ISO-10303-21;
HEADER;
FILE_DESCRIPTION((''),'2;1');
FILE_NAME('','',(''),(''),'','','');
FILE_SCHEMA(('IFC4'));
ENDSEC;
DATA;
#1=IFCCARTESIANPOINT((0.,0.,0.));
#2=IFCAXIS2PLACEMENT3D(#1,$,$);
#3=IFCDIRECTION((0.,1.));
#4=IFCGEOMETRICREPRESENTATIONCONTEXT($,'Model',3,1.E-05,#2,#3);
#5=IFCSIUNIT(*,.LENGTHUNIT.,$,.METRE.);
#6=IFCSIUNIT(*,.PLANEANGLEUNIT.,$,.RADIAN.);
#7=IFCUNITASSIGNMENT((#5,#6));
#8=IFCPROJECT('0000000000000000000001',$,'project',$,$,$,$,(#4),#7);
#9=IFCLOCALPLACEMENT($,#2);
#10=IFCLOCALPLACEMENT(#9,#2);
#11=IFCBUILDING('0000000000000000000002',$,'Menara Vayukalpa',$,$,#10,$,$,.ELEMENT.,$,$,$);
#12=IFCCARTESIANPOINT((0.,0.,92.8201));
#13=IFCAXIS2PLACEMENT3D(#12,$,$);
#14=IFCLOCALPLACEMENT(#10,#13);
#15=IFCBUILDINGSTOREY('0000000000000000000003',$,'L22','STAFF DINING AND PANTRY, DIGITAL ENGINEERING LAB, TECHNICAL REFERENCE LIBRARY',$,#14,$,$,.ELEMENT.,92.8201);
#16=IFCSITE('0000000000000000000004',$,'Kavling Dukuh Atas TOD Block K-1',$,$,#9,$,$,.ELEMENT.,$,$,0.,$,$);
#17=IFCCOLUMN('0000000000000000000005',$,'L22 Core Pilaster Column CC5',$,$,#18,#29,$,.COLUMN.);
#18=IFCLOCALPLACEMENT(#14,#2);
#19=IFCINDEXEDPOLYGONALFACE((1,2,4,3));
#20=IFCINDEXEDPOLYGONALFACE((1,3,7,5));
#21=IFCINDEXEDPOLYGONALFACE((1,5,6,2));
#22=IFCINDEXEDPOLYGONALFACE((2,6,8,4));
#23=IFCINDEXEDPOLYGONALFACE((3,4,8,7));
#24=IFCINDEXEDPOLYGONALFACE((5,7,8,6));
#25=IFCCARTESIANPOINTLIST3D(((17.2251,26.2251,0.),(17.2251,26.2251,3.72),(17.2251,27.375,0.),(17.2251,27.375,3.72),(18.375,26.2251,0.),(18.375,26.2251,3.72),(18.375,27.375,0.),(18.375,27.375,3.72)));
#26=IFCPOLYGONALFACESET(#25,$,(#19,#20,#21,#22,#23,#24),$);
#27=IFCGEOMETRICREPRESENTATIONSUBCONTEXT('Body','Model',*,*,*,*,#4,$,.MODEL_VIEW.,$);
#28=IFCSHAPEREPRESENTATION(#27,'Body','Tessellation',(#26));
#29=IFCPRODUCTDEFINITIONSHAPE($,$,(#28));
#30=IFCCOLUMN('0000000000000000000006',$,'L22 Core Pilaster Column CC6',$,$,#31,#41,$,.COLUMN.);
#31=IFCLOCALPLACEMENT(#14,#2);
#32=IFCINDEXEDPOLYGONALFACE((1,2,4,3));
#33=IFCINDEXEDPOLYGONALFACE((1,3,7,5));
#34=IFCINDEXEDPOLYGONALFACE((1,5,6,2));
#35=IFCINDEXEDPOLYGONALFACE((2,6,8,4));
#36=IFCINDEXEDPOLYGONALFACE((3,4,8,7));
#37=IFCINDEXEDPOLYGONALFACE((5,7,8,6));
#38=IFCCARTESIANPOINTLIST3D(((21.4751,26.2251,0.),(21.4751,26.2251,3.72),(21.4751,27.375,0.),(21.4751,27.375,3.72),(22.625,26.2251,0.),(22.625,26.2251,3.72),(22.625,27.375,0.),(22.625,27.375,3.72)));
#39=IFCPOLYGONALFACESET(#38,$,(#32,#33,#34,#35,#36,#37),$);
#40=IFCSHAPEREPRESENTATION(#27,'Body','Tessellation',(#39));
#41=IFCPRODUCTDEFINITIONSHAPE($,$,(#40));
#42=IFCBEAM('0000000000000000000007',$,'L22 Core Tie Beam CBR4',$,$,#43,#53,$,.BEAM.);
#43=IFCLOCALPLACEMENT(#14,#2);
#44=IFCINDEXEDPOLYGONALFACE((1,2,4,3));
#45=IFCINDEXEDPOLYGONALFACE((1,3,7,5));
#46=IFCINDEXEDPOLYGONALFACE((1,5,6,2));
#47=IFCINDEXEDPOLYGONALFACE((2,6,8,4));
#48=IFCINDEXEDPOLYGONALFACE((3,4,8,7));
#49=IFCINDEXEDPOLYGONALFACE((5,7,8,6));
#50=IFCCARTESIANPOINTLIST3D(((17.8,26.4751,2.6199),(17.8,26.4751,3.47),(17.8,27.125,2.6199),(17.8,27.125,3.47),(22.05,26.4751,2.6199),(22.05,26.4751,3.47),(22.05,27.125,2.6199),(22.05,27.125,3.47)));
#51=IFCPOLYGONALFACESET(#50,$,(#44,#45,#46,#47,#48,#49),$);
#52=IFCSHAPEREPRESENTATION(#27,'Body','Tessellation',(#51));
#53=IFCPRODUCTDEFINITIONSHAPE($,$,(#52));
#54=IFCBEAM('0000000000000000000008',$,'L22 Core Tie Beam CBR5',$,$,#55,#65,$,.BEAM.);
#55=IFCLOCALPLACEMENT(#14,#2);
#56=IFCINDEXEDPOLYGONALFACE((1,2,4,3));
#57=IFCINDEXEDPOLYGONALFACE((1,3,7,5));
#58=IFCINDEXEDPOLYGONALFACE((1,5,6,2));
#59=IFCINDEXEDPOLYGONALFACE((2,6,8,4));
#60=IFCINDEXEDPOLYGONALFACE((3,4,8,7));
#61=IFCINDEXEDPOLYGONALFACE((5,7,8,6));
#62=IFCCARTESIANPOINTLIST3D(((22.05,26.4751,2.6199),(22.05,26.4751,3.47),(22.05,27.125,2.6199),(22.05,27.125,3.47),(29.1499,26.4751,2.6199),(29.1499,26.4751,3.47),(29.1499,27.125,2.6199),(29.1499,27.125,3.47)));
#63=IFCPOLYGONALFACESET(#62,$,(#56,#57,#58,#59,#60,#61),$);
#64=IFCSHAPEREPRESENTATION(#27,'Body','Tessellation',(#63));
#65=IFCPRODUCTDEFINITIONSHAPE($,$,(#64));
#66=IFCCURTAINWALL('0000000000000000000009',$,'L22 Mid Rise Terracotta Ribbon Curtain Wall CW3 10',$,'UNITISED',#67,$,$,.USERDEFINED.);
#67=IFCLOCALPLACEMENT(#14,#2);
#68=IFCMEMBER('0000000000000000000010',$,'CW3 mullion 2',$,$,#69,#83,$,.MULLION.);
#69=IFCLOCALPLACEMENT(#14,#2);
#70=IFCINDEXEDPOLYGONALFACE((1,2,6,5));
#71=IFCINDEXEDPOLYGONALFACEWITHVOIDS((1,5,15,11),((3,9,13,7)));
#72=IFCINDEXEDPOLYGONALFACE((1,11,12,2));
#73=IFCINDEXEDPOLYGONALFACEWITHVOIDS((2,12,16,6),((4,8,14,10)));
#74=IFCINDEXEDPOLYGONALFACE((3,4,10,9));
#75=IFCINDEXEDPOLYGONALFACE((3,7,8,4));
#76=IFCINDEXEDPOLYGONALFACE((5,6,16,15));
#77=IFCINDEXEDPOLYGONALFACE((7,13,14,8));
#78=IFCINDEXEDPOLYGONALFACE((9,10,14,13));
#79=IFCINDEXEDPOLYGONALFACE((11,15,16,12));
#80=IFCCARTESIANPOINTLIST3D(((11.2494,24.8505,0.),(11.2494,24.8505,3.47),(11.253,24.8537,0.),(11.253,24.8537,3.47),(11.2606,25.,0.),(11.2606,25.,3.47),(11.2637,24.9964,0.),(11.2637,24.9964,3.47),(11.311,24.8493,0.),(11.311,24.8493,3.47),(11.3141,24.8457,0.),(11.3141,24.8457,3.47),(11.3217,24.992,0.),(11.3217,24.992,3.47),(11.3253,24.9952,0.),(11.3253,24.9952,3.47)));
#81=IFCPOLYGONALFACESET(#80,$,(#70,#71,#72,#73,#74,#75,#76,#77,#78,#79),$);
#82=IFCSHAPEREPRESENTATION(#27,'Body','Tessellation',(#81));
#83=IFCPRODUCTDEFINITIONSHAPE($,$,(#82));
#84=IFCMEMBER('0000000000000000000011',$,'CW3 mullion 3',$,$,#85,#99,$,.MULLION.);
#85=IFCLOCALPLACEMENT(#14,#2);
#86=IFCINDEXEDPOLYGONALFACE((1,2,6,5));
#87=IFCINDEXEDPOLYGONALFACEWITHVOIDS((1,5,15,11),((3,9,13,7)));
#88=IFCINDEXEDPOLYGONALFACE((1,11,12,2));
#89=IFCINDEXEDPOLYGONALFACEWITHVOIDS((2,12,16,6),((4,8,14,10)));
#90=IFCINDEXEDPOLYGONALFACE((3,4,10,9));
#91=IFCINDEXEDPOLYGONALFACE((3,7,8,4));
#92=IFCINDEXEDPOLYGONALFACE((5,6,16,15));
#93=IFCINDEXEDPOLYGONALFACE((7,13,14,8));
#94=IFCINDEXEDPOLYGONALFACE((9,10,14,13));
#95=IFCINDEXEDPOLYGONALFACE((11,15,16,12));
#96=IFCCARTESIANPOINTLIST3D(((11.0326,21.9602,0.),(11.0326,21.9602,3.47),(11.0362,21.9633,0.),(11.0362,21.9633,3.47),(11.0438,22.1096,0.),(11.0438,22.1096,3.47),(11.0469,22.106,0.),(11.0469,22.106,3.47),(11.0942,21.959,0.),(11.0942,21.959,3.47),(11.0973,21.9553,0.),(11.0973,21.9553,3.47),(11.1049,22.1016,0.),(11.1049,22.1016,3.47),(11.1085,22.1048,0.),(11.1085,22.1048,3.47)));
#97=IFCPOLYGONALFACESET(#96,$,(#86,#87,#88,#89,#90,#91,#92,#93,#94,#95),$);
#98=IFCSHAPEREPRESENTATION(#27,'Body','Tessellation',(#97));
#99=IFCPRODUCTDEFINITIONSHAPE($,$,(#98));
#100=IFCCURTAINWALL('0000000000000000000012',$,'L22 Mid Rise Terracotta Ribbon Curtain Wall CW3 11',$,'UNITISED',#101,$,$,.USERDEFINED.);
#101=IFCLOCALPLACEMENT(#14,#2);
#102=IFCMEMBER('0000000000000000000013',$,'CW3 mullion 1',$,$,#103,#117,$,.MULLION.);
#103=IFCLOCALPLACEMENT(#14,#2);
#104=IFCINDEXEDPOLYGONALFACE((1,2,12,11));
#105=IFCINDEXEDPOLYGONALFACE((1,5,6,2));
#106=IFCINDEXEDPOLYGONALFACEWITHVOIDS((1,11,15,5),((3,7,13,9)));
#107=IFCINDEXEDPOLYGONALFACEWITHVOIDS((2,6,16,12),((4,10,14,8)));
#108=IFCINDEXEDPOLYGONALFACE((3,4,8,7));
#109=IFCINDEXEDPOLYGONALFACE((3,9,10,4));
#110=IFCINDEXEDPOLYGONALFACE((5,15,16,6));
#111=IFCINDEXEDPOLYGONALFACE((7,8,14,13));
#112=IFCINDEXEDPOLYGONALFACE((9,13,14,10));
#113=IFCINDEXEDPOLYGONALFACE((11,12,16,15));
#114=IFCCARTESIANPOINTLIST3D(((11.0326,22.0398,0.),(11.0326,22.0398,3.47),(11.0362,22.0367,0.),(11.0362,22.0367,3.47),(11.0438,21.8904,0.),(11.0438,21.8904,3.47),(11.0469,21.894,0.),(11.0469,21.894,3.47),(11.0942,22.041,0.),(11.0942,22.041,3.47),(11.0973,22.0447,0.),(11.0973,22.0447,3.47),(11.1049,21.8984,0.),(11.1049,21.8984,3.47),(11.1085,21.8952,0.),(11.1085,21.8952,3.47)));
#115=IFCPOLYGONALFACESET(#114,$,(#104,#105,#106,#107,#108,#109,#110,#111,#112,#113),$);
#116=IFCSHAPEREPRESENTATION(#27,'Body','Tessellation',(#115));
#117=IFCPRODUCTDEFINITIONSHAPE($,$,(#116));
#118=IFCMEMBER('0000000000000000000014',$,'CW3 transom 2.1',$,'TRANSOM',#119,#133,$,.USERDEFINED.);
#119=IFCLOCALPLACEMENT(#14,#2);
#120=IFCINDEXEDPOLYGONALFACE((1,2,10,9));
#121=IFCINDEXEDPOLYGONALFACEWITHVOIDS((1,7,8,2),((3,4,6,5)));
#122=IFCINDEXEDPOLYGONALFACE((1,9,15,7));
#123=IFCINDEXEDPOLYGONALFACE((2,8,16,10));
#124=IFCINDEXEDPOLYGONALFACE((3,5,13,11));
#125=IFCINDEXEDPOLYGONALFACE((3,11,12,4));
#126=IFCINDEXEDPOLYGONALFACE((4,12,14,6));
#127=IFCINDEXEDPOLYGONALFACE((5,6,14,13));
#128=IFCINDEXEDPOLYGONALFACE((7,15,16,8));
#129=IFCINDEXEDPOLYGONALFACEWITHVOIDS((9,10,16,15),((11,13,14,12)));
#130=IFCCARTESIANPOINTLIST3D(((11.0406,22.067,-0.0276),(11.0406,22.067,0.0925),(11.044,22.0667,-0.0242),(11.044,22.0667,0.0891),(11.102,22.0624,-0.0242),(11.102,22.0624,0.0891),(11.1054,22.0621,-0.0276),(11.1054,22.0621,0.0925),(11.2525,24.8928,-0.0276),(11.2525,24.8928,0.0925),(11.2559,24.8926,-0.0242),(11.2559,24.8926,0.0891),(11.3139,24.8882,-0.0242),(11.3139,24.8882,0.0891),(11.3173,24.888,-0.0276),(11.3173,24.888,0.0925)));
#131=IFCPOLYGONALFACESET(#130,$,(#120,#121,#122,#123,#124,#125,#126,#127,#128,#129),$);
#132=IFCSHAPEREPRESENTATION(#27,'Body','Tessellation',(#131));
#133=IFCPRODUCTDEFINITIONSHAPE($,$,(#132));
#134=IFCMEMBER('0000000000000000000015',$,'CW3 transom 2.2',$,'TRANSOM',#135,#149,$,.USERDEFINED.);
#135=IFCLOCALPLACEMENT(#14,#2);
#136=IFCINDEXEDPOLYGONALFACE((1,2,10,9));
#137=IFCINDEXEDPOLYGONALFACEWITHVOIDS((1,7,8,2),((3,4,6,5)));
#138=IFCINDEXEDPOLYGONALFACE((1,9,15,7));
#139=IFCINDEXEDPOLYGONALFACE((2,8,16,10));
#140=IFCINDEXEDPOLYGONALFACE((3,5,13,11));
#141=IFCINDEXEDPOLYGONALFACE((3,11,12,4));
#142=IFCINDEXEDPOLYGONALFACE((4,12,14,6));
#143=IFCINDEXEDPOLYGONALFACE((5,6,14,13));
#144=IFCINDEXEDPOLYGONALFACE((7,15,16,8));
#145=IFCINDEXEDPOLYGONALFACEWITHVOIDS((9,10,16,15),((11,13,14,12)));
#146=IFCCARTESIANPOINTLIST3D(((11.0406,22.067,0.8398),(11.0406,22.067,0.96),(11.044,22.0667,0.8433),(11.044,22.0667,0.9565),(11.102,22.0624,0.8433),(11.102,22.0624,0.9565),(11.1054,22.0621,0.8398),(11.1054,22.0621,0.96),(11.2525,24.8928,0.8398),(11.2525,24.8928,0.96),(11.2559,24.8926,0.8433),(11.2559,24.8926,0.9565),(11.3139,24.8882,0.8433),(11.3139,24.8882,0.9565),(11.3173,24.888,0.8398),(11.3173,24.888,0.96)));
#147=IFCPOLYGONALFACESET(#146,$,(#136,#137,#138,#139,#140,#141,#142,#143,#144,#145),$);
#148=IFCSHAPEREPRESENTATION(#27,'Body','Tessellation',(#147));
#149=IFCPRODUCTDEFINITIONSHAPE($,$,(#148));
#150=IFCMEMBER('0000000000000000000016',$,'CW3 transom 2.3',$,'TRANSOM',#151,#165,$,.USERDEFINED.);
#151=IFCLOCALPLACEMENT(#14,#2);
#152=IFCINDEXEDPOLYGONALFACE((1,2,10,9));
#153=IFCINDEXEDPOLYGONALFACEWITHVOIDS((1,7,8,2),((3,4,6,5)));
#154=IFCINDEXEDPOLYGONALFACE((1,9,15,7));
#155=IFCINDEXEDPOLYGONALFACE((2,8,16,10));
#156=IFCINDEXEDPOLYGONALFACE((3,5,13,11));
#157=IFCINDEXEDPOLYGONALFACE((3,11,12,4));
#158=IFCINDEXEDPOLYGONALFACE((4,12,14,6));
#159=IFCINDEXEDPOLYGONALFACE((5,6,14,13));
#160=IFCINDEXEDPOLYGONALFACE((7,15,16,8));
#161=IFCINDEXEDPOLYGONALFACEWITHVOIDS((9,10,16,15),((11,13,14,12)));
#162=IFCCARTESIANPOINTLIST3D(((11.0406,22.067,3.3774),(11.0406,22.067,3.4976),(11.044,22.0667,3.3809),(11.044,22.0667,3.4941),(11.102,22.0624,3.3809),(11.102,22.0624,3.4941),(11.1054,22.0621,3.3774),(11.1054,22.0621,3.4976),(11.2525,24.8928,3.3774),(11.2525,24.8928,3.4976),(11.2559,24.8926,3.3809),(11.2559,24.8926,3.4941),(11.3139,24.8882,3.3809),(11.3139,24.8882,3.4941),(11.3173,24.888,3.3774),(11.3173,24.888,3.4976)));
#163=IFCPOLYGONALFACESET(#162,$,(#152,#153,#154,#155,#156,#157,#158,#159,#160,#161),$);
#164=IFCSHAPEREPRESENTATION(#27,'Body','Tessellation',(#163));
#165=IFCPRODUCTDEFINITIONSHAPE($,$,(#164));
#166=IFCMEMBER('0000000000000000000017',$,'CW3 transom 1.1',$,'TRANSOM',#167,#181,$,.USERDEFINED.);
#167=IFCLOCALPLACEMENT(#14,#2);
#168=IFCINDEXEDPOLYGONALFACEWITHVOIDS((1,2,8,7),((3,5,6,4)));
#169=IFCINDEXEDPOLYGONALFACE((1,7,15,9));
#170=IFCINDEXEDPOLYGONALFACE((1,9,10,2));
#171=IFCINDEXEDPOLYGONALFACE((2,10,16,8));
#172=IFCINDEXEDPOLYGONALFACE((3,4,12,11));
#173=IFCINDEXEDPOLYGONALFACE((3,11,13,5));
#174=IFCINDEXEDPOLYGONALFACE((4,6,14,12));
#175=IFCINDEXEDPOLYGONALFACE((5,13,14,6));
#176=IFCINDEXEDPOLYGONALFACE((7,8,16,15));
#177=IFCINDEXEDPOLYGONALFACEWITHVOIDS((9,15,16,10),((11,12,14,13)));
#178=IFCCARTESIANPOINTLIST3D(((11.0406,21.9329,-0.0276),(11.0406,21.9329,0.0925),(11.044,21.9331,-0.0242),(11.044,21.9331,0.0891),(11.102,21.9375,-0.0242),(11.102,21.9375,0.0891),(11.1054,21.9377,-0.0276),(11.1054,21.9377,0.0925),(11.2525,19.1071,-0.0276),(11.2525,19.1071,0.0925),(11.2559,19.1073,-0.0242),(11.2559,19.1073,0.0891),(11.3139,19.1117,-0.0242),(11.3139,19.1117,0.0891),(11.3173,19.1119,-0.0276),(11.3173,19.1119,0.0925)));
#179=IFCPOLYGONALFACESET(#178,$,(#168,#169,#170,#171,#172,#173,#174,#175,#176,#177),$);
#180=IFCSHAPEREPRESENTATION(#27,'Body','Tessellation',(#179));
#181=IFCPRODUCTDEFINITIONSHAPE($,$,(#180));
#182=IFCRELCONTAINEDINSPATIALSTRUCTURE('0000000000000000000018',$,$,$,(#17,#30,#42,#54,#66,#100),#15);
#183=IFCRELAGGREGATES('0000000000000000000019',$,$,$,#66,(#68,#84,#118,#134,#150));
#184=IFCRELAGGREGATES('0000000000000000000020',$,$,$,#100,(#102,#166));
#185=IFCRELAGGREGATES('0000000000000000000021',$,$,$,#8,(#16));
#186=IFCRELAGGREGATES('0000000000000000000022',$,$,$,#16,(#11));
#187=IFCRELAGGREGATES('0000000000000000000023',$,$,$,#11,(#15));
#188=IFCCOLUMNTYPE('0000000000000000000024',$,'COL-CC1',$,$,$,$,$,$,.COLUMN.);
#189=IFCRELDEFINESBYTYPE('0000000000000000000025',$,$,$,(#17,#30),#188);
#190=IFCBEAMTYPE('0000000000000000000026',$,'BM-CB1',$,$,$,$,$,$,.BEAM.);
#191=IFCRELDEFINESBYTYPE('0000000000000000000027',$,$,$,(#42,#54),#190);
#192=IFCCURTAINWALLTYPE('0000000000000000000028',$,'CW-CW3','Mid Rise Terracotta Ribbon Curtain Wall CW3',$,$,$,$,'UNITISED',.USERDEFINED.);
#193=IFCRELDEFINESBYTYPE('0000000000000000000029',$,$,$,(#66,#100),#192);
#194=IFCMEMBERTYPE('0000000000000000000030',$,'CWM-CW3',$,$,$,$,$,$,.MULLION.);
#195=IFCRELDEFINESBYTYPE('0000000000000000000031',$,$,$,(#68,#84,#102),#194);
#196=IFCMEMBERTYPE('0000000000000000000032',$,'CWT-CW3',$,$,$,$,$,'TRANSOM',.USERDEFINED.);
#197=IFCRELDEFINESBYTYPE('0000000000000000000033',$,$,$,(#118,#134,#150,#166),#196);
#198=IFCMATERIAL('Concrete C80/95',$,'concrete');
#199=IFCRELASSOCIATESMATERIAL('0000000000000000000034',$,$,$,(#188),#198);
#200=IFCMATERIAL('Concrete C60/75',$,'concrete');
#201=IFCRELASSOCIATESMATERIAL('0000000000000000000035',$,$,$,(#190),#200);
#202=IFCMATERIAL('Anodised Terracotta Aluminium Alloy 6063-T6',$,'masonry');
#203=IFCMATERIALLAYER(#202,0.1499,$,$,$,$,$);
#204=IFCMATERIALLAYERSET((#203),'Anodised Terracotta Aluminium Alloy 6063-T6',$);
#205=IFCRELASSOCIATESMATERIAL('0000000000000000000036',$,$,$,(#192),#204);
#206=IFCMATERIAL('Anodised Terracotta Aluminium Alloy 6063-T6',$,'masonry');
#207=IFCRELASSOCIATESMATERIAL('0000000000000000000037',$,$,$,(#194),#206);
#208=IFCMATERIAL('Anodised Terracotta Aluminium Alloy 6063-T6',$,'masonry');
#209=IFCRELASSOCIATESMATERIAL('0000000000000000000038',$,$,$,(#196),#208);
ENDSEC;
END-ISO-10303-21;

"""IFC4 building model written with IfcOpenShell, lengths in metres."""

from ifc_helpers import new_model, si_unit, direction, frame, origin, origin_2d, place, context, subcontext, project, spatial, rectangle, hollow_rectangle, extrude, material, layer, layer_set, material_profile, profile_set, type_object, element, aggregate, save


model = new_model("IFC4")

# Units and contexts
model_context = context("Model", 3, precision=1e-05, world=origin(), true_north=direction((0.0, 1.0)))
body_context = subcontext(model_context, "Body", "Model", "MODEL_VIEW")
ifc_project = project(units=[si_unit("LENGTHUNIT", "METRE"), si_unit("PLANEANGLEUNIT", "RADIAN")], contexts=[model_context])

# Site, building, storey
site_placement = place(None, origin())
site = spatial("IfcSite", under=ifc_project, at=site_placement, Name="Kavling Dukuh Atas TOD Block K-1", CompositionType="ELEMENT", RefElevation=0.0)
building_placement = place(site_placement, origin())
building = spatial("IfcBuilding", under=site, at=building_placement, Name="Menara Vayukalpa", CompositionType="ELEMENT")
storey_placement = place(building_placement, frame((0.0, 0.0, 92.8201)))
storey = spatial("IfcBuildingStorey", under=building, at=storey_placement, Name="L22", Description="STAFF DINING AND PANTRY, DIGITAL ENGINEERING LAB, TECHNICAL REFERENCE LIBRARY", CompositionType="ELEMENT", Elevation=92.8201)

# Columns
ifc_material_1 = material(Name="Concrete C80/95", Category="concrete")
ifc_material_profile_1 = material_profile(ifc_material_1, rectangle(XDim=1.1499, YDim=1.1499, at=origin_2d()), Name="RC 1150x1150")
ifc_profile_set_1 = profile_set([ifc_material_profile_1], Name="Concrete C80/95")
column_type = type_object("IfcColumnType", Name="COL-CC1", PredefinedType="COLUMN", material=ifc_profile_set_1)
for number, where, z_axis, x_axis, name in (
    (1, (17.8, 26.8, 0.0), (0.0, 0.0, 1.0), (1.0, 0.0, 0.0), "L22 Core Pilaster Column CC5"),
    (2, (22.05, 26.8, 0.0), (0.0, 0.0, 1.0), (1.0, 0.0, 0.0), "L22 Core Pilaster Column CC6"),
):
    element("IfcColumn", number, at=place(storey_placement, frame(where, z_axis=z_axis, x_axis=x_axis)), inside=storey, type_object=column_type, Name=name, PredefinedType="COLUMN", context=body_context, shape_type="SweptSolid", body=[
        extrude(rectangle(XDim=1.1499, YDim=1.1499, at=origin_2d()), origin(), (0.0, 0.0, 1.0), 3.72),
    ])

# Beams
ifc_material_2 = material(Name="Concrete C60/75", Category="concrete")
ifc_material_profile_2 = material_profile(ifc_material_2, rectangle(XDim=0.6499, YDim=0.8501, at=origin_2d()), Name="RC 650x850")
ifc_profile_set_2 = profile_set([ifc_material_profile_2], Name="Concrete C60/75")
beam_type = type_object("IfcBeamType", Name="BM-CB1", PredefinedType="BEAM", material=ifc_profile_set_2)
beam_1_placement = place(storey_placement, frame((17.8, 26.8, 3.0449), z_axis=(1.0, 0.0, 0.0), x_axis=(0.0, 1.0, 0.0)))
element("IfcBeam", 3, at=beam_1_placement, inside=storey, type_object=beam_type, Name="L22 Core Tie Beam CBR4", PredefinedType="BEAM", context=body_context, shape_type="SweptSolid", body=[
    extrude(rectangle(XDim=0.6499, YDim=0.8501, at=origin_2d()), origin(), (0.0, 0.0, 1.0), 4.25),
])
beam_2_placement = place(storey_placement, frame((22.05, 26.8, 3.0449), z_axis=(1.0, 0.0, 0.0), x_axis=(0.0, 1.0, 0.0)))
element("IfcBeam", 4, at=beam_2_placement, inside=storey, type_object=beam_type, Name="L22 Core Tie Beam CBR5", PredefinedType="BEAM", context=body_context, shape_type="SweptSolid", body=[
    extrude(rectangle(XDim=0.6499, YDim=0.8501, at=origin_2d()), origin(), (0.0, 0.0, 1.0), 7.0999),
])

# Curtain wall, members
ifc_material_3 = material(Name="Anodised Terracotta Aluminium Alloy 6063-T6", Category="masonry")
ifc_layer_1 = layer(ifc_material_3, 0.1499)
ifc_layer_set_1 = layer_set([ifc_layer_1], Name="Anodised Terracotta Aluminium Alloy 6063-T6")
curtain_wall_type = type_object("IfcCurtainWallType", Name="CW-CW3", Description="Mid Rise Terracotta Ribbon Curtain Wall CW3", ElementType="UNITISED", PredefinedType="USERDEFINED", material=ifc_layer_set_1)
curtain_wall_1_placement = place(storey_placement, origin())
curtain_wall_1 = element("IfcCurtainWall", 5, at=curtain_wall_1_placement, inside=storey, type_object=curtain_wall_type, Name="L22 Mid Rise Terracotta Ribbon Curtain Wall CW3 10", ObjectType="UNITISED", PredefinedType="USERDEFINED")
ifc_material_4 = material(Name="Anodised Terracotta Aluminium Alloy 6063-T6", Category="masonry")
ifc_material_profile_3 = material_profile(ifc_material_4, hollow_rectangle(XDim=0.0649, YDim=0.1499, WallThickness=0.0034, at=origin_2d()), Name="ALU 65x150x3.5")
ifc_profile_set_3 = profile_set([ifc_material_profile_3], Name="Anodised Terracotta Aluminium Alloy 6063-T6")
member_type_1 = type_object("IfcMemberType", Name="CWM-CW3", PredefinedType="MULLION", material=ifc_profile_set_3)
member_1_placement = place(storey_placement, frame((11.2874, 24.9229, 0.0), z_axis=(0.0, 0.0, 1.0), x_axis=(0.9972, -0.074785, 0.0)))
member_1 = element("IfcMember", 6, at=member_1_placement, type_object=member_type_1, Name="CW3 mullion 2", PredefinedType="MULLION", context=body_context, shape_type="SweptSolid", body=[
    extrude(hollow_rectangle(XDim=0.0649, YDim=0.1499, WallThickness=0.0034, at=origin_2d()), origin(), (0.0, 0.0, 1.0), 3.47),
])
member_2_placement = place(storey_placement, frame((11.0706, 22.0325, 0.0), z_axis=(0.0, 0.0, 1.0), x_axis=(0.9972, -0.074785, 0.0)))
member_2 = element("IfcMember", 7, at=member_2_placement, type_object=member_type_1, Name="CW3 mullion 3", PredefinedType="MULLION", context=body_context, shape_type="SweptSolid", body=[
    extrude(hollow_rectangle(XDim=0.0649, YDim=0.1499, WallThickness=0.0034, at=origin_2d()), origin(), (0.0, 0.0, 1.0), 3.47),
])

# Curtain wall, member
curtain_wall_2_placement = place(storey_placement, origin())
curtain_wall_2 = element("IfcCurtainWall", 8, at=curtain_wall_2_placement, inside=storey, type_object=curtain_wall_type, Name="L22 Mid Rise Terracotta Ribbon Curtain Wall CW3 11", ObjectType="UNITISED", PredefinedType="USERDEFINED")
member_3_placement = place(storey_placement, frame((11.0706, 21.9675, 0.0), z_axis=(0.0, 0.0, 1.0), x_axis=(0.9972, 0.074785, 0.0)))
member_3 = element("IfcMember", 9, at=member_3_placement, type_object=member_type_1, Name="CW3 mullion 1", PredefinedType="MULLION", context=body_context, shape_type="SweptSolid", body=[
    extrude(hollow_rectangle(XDim=0.0649, YDim=0.1499, WallThickness=0.0034, at=origin_2d()), origin(), (0.0, 0.0, 1.0), 3.47),
])

# Members
ifc_material_5 = material(Name="Anodised Terracotta Aluminium Alloy 6063-T6", Category="masonry")
ifc_material_profile_4 = material_profile(ifc_material_5, hollow_rectangle(XDim=0.0649, YDim=0.1201, WallThickness=0.0034, at=origin_2d()), Name="ALU 65x120x3.5")
ifc_profile_set_4 = profile_set([ifc_material_profile_4], Name="Anodised Terracotta Aluminium Alloy 6063-T6")
member_type_2 = type_object("IfcMemberType", Name="CWT-CW3", ElementType="TRANSOM", PredefinedType="USERDEFINED", material=ifc_profile_set_4)
member_4_placement = place(storey_placement, frame((11.2849, 24.8904, 0.0325), z_axis=(-0.074786, -0.9972, 0.0), x_axis=(0.9972, -0.074786, 0.0)))
member_4 = element("IfcMember", 10, at=member_4_placement, type_object=member_type_2, Name="CW3 transom 2.1", ObjectType="TRANSOM", PredefinedType="USERDEFINED", context=body_context, shape_type="SweptSolid", body=[
    extrude(hollow_rectangle(XDim=0.0649, YDim=0.1201, WallThickness=0.0034, at=origin_2d()), origin(), (0.0, 0.0, 1.0), 2.8337),
])
member_5_placement = place(storey_placement, frame((11.2849, 24.8904, 0.8999), z_axis=(-0.074786, -0.9972, 0.0), x_axis=(0.9972, -0.074786, 0.0)))
member_5 = element("IfcMember", 11, at=member_5_placement, type_object=member_type_2, Name="CW3 transom 2.2", ObjectType="TRANSOM", PredefinedType="USERDEFINED", context=body_context, shape_type="SweptSolid", body=[
    extrude(hollow_rectangle(XDim=0.0649, YDim=0.1201, WallThickness=0.0034, at=origin_2d()), origin(), (0.0, 0.0, 1.0), 2.8337),
])
member_6_placement = place(storey_placement, frame((11.2849, 24.8904, 3.4375), z_axis=(-0.074786, -0.9972, 0.0), x_axis=(0.9972, -0.074786, 0.0)))
member_6 = element("IfcMember", 12, at=member_6_placement, type_object=member_type_2, Name="CW3 transom 2.3", ObjectType="TRANSOM", PredefinedType="USERDEFINED", context=body_context, shape_type="SweptSolid", body=[
    extrude(hollow_rectangle(XDim=0.0649, YDim=0.1201, WallThickness=0.0034, at=origin_2d()), origin(), (0.0, 0.0, 1.0), 2.8337),
])
member_7_placement = place(storey_placement, frame((11.073, 21.9353, 0.0325), z_axis=(0.074786, -0.9972, 0.0), x_axis=(0.9972, 0.074786, 0.0)))
member_7 = element("IfcMember", 13, at=member_7_placement, type_object=member_type_2, Name="CW3 transom 1.1", ObjectType="TRANSOM", PredefinedType="USERDEFINED", context=body_context, shape_type="SweptSolid", body=[
    extrude(hollow_rectangle(XDim=0.0649, YDim=0.1201, WallThickness=0.0034, at=origin_2d()), origin(), (0.0, 0.0, 1.0), 2.8337),
])

aggregate(curtain_wall_1, [member_1, member_2, member_4, member_5, member_6])
aggregate(curtain_wall_2, [member_3, member_7])

save(model, "model.ifc")
